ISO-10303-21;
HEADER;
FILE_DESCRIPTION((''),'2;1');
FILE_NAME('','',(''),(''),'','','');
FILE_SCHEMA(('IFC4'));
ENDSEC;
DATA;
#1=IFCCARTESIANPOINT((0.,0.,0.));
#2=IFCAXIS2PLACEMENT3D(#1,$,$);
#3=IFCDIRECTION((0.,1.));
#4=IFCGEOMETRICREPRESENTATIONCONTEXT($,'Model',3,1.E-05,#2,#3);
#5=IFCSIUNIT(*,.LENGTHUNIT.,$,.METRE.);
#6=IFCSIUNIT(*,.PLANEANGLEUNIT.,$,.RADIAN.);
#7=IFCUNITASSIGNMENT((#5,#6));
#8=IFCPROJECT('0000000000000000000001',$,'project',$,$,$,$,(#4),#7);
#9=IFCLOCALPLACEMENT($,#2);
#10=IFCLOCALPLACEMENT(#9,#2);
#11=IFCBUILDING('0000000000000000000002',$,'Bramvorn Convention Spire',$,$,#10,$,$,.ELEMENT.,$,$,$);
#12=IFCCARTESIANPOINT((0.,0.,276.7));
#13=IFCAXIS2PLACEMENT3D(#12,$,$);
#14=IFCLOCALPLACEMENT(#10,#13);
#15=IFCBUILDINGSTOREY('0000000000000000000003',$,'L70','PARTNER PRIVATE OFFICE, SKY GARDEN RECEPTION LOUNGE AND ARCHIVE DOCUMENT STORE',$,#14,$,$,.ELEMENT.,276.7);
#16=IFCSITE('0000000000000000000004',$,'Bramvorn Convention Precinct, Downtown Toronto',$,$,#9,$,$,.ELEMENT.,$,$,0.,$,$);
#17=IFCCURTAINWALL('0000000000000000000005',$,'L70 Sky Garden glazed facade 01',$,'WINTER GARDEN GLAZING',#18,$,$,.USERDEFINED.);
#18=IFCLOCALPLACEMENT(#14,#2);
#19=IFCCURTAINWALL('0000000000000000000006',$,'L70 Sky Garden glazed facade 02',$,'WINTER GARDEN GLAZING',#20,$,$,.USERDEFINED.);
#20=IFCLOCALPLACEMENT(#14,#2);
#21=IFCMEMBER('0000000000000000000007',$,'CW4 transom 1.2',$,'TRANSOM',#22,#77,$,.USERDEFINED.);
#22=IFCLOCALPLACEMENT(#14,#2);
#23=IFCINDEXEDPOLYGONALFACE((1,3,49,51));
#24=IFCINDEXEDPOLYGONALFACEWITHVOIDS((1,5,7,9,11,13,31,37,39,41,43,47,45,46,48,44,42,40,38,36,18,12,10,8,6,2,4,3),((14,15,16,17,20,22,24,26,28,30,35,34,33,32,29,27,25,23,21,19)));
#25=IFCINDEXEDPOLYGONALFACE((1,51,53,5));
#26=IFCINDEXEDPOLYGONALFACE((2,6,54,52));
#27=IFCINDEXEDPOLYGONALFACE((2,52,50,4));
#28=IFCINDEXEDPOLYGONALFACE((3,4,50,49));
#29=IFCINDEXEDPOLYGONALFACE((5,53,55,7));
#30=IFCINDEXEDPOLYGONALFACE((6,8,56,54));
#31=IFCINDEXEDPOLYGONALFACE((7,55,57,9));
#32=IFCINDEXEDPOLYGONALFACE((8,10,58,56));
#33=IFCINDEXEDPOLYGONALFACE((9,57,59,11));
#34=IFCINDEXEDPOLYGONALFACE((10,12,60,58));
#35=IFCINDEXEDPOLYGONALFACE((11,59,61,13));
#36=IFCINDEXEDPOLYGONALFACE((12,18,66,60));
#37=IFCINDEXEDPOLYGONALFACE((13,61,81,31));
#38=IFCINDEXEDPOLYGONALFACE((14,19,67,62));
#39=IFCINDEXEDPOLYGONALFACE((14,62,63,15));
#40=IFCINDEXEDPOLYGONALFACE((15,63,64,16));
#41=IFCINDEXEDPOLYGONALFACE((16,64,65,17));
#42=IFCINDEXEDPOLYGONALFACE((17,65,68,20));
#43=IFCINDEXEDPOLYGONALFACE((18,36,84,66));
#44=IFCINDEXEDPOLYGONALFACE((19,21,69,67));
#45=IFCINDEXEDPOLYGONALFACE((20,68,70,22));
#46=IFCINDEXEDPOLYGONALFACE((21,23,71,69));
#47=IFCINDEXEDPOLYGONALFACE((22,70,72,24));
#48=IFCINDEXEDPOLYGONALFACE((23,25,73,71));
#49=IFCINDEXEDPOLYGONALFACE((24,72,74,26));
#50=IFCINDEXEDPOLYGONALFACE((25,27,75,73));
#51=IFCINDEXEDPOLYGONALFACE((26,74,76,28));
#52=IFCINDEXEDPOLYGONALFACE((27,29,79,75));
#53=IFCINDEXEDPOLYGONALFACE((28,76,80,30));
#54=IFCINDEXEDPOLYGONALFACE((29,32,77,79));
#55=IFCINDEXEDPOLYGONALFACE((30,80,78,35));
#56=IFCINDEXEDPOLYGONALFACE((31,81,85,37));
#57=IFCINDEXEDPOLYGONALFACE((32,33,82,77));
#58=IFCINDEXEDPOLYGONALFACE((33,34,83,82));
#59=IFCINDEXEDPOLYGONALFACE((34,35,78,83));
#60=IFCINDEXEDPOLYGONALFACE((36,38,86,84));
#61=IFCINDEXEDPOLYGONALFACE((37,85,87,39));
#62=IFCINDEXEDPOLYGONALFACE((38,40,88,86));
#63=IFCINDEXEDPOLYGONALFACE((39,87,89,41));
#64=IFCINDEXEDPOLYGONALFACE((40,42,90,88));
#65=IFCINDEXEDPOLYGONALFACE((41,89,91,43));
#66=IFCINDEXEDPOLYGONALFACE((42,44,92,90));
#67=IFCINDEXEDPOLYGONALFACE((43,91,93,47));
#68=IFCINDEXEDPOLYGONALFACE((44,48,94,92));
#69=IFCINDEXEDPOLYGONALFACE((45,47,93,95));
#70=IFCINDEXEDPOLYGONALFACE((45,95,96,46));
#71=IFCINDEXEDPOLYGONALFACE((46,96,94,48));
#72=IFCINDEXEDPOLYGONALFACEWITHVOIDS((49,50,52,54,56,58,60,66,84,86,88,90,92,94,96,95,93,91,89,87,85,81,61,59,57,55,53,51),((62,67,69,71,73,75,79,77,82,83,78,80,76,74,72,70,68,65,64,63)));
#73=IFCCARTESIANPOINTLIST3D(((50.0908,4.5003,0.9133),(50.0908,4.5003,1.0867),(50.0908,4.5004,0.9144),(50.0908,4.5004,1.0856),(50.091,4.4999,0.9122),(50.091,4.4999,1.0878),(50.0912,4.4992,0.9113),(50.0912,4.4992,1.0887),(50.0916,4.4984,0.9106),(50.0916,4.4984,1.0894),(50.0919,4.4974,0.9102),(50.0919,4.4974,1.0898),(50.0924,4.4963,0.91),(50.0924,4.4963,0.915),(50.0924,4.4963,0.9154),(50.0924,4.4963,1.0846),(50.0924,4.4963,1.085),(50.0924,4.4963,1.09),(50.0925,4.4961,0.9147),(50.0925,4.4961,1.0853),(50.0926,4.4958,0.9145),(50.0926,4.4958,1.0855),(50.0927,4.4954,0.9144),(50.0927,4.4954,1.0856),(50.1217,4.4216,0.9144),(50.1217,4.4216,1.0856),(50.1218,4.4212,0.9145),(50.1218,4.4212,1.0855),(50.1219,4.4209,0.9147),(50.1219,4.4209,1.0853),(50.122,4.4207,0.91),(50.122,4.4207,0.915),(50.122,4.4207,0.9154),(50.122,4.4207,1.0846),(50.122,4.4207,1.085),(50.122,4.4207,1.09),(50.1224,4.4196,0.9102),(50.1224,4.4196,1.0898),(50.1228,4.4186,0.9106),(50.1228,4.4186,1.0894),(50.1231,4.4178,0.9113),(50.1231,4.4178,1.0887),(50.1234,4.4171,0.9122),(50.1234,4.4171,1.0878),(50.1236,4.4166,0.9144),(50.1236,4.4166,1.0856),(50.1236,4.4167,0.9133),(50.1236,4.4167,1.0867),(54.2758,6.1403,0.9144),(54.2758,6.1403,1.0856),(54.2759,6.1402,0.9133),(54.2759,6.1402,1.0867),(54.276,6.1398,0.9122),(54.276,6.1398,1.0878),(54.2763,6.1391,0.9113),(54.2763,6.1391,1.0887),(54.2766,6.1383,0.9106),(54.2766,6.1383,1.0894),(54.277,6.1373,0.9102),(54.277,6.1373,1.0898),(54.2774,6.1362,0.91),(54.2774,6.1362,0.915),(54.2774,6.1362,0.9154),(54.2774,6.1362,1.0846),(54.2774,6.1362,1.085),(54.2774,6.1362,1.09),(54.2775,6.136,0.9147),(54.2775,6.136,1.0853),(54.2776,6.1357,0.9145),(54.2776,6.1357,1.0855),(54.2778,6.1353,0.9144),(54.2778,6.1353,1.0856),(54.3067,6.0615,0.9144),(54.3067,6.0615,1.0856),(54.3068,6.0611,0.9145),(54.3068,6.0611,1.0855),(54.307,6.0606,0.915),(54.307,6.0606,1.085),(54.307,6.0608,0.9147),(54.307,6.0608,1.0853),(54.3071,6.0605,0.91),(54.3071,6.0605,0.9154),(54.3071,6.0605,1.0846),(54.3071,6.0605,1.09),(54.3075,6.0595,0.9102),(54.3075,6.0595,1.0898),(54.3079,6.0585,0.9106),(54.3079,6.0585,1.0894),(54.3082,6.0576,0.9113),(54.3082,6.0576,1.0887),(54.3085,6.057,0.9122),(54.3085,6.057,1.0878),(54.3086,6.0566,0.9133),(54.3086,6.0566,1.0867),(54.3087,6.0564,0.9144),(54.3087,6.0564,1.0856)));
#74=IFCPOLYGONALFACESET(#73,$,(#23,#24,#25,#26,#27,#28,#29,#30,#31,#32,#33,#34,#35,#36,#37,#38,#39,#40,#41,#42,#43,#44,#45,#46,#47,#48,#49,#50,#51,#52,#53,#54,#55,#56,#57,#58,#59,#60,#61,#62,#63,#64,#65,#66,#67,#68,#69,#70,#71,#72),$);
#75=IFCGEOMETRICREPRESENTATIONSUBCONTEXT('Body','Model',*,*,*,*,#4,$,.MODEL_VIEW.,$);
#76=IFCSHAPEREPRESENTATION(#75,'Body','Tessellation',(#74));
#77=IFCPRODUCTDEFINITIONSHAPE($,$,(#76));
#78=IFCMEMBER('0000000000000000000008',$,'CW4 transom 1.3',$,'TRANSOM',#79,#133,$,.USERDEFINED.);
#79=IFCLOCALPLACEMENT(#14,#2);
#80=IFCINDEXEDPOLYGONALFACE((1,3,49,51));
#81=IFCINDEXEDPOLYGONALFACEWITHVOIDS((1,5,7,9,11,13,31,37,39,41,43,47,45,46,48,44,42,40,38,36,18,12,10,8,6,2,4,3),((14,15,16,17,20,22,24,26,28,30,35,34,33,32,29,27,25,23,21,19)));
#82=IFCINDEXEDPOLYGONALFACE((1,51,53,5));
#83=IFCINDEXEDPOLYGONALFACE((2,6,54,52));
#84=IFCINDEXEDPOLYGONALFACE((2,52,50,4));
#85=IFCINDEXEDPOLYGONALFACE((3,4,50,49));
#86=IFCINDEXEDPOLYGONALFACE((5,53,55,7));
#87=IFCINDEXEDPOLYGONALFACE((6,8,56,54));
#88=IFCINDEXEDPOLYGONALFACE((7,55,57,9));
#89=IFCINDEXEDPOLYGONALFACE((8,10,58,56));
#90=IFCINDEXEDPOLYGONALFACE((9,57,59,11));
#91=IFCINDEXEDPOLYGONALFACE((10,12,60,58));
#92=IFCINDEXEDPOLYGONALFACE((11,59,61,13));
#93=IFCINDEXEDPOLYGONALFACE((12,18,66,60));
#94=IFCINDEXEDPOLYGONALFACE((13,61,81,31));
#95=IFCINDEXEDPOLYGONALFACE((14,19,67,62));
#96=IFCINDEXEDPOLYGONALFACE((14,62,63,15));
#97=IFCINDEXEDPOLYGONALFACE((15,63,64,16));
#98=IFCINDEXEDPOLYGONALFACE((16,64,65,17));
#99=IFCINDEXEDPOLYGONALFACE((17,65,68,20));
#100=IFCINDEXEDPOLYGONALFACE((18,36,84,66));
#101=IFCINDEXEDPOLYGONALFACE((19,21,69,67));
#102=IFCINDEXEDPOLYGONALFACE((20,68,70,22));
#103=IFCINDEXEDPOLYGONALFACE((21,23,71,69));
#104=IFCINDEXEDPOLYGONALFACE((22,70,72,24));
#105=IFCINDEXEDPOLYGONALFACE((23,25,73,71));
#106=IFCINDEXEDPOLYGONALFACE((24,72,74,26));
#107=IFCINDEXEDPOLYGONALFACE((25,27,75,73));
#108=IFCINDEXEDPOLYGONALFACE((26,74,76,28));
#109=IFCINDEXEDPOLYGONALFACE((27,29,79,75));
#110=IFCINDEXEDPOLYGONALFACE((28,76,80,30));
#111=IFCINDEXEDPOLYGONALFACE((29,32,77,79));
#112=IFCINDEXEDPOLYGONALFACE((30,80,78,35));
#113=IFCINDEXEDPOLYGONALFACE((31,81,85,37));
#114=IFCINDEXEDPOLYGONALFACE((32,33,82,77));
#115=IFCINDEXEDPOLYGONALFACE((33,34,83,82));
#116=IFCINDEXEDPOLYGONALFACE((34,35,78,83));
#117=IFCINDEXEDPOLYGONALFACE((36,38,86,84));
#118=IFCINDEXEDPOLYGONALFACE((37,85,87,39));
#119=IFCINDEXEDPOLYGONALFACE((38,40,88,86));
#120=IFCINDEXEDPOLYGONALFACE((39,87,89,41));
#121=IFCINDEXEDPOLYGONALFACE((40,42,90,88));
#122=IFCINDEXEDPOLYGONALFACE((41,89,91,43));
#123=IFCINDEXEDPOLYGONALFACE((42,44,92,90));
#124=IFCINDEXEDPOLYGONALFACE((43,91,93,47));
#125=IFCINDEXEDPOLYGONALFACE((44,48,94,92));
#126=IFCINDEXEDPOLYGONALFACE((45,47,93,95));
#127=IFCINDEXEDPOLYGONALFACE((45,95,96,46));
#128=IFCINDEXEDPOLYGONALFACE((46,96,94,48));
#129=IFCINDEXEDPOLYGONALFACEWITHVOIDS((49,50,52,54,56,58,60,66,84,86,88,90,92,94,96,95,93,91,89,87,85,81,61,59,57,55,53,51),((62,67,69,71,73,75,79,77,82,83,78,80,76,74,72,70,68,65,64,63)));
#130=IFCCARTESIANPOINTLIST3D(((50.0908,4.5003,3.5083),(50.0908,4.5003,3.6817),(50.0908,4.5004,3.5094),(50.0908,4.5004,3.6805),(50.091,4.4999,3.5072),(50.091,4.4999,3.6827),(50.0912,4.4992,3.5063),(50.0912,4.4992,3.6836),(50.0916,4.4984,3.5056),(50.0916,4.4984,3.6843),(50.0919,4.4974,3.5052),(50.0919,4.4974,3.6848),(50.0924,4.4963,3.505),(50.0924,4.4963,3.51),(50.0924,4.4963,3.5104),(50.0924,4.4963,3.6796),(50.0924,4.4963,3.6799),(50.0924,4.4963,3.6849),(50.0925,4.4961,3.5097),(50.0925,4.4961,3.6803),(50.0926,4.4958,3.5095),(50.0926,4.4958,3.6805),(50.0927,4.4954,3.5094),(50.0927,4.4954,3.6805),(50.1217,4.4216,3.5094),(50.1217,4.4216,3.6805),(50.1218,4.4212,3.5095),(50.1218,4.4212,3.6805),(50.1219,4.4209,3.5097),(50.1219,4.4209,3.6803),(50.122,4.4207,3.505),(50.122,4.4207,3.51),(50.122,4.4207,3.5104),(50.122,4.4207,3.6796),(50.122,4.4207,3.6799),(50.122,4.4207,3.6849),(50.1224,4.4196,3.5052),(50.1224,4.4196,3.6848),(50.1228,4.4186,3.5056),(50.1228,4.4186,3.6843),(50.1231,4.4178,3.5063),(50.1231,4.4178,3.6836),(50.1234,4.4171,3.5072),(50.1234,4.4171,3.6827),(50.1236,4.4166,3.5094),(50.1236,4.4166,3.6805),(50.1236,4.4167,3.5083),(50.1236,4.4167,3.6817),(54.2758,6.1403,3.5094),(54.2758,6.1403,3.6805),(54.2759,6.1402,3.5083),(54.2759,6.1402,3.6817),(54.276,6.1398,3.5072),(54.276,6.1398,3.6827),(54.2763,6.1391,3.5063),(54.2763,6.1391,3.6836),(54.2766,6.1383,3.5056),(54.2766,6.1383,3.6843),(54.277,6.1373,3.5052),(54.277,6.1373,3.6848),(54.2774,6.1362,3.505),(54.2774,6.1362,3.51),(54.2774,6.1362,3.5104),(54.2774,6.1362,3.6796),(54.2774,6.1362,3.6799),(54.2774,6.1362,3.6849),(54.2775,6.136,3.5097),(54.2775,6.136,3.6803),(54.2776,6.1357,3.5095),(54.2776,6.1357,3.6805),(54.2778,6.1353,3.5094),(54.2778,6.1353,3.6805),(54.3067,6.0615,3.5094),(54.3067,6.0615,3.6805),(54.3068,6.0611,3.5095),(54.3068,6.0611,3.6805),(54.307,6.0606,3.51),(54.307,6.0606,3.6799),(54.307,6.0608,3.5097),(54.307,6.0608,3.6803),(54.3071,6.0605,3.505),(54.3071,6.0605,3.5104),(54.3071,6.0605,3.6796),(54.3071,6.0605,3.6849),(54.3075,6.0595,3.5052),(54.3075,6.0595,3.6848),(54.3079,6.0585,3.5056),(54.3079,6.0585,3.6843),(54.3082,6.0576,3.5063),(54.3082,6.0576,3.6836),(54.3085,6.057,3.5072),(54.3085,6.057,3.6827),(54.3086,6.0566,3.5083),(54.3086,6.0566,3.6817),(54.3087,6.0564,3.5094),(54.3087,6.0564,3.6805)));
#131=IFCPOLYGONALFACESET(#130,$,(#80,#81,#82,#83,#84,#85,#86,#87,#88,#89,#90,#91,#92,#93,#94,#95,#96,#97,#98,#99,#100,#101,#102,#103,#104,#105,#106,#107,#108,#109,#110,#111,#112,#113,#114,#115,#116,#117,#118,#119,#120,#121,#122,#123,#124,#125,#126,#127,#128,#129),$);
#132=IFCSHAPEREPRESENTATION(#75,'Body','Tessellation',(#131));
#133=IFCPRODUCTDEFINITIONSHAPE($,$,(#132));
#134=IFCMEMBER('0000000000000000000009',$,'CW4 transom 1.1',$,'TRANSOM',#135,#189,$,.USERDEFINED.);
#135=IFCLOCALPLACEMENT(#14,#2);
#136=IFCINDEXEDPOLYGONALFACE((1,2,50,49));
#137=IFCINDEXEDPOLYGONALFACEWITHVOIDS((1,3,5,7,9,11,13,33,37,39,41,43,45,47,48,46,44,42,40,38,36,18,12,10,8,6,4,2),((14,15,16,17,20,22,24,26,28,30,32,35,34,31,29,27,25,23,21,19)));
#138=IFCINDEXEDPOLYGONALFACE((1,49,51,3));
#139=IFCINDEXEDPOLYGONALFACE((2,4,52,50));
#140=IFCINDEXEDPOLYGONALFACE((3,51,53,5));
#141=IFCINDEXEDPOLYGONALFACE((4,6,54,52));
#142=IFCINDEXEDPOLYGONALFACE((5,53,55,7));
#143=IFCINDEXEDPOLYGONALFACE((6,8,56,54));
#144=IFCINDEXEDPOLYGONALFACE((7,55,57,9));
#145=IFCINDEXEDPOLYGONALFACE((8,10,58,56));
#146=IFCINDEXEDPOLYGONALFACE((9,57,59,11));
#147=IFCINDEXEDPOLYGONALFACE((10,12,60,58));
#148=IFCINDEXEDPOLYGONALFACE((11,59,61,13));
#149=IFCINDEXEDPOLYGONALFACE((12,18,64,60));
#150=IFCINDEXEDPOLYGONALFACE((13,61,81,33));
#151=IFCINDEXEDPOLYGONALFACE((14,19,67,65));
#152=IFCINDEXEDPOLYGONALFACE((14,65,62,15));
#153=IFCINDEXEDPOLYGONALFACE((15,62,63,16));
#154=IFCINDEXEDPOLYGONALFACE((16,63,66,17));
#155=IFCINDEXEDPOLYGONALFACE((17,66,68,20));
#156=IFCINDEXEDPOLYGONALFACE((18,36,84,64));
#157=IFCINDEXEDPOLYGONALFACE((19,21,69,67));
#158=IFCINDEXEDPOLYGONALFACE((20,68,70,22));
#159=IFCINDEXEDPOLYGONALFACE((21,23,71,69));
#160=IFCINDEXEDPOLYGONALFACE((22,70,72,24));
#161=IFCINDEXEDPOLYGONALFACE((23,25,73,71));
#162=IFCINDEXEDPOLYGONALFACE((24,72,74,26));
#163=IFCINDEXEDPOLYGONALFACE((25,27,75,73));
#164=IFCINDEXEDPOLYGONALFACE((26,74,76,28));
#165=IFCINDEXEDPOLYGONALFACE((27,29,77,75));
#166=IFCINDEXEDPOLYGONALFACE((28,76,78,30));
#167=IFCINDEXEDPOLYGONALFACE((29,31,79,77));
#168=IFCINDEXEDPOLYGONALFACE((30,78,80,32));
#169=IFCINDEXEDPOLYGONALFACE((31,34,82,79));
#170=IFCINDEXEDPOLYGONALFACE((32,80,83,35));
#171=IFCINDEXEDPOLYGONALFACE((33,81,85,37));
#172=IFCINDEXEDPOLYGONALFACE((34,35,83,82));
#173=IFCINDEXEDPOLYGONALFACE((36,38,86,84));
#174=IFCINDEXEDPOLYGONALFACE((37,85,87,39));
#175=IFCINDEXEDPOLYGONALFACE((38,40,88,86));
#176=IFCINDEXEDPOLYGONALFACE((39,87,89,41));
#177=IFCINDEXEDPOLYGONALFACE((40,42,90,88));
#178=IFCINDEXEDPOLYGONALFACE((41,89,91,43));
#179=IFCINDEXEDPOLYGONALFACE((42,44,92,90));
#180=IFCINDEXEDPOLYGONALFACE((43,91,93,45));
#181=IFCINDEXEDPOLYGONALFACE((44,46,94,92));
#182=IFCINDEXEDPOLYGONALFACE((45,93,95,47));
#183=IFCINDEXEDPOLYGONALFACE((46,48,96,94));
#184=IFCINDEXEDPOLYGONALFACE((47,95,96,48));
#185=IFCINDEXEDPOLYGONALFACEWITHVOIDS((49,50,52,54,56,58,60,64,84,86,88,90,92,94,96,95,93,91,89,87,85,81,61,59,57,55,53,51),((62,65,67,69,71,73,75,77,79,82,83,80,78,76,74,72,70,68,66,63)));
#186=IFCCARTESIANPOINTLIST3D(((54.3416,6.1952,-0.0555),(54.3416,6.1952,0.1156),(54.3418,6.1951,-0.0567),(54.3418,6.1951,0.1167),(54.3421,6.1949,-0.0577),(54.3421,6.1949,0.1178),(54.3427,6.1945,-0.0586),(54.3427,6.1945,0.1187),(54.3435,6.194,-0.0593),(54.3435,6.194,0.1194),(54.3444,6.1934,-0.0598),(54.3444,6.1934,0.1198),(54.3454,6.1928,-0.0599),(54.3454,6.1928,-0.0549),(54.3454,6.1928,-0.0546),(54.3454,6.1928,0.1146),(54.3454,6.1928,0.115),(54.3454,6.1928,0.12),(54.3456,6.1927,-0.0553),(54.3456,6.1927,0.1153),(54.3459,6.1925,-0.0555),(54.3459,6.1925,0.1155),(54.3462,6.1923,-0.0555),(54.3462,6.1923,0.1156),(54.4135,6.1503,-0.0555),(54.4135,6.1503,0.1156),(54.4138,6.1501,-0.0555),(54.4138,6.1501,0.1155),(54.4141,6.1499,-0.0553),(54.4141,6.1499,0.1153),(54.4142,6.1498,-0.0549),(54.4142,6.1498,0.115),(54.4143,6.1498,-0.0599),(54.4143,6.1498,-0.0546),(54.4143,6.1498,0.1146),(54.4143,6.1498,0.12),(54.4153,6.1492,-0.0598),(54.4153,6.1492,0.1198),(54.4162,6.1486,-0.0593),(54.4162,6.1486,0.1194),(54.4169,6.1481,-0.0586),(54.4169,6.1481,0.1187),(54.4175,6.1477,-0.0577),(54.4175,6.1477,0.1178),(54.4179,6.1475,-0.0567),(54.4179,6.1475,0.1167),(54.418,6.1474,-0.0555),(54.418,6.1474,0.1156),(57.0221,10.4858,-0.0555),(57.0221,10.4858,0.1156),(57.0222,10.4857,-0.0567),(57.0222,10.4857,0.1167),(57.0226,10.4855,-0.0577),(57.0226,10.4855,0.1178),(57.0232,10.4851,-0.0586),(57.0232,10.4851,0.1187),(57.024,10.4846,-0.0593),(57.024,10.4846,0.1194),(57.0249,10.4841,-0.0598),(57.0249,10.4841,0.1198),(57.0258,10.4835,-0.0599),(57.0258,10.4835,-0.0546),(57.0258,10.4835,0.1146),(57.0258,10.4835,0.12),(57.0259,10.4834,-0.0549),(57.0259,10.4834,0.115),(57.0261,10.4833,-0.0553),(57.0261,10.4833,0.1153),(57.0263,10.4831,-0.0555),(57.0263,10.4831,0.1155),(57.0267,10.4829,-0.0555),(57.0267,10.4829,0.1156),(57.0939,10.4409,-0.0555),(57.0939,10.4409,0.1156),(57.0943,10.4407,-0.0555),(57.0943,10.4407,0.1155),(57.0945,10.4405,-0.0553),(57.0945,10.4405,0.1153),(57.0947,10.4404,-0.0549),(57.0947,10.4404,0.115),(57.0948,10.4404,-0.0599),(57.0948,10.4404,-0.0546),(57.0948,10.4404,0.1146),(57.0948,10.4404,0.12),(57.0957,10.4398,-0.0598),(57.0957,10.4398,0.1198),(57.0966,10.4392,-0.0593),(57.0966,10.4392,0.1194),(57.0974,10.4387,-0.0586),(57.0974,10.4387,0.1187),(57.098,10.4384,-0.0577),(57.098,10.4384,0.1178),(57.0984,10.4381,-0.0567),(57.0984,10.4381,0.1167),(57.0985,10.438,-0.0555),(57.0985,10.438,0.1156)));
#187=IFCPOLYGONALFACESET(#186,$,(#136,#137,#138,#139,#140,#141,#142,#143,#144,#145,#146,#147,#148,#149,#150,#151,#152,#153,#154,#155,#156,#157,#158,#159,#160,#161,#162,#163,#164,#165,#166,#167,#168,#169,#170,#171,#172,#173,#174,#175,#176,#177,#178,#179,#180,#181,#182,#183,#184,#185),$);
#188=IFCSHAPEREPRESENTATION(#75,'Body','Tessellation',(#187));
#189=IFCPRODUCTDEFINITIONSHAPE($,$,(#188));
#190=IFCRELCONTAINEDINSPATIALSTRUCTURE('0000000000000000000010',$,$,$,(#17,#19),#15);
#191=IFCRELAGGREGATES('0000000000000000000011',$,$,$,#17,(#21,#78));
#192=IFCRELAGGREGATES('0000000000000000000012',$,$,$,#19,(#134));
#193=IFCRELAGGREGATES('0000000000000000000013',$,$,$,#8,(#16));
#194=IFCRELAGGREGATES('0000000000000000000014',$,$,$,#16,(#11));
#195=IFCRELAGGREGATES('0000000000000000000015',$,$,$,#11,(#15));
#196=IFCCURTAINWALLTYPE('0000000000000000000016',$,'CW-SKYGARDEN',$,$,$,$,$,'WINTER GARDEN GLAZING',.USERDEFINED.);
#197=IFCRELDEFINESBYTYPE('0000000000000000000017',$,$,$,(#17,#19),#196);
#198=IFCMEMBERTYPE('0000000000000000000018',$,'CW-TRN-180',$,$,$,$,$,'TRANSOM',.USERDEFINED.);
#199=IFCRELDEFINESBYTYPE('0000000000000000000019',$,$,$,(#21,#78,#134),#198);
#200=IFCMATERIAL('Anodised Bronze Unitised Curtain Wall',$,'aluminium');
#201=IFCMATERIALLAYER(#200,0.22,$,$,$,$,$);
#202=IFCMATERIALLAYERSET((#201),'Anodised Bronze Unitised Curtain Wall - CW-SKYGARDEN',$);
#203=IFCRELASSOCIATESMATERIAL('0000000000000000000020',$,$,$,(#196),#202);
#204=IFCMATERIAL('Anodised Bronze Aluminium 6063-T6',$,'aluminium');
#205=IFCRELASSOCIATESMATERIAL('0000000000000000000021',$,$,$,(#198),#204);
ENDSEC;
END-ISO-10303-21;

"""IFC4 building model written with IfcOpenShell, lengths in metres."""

from ifc_helpers import new_model, si_unit, direction, frame, origin, origin_2d, place, context, subcontext, project, spatial, hollow_rectangle, extrude, material, layer, layer_set, material_profile, profile_set, type_object, element, aggregate, save


model = new_model("IFC4")

# Units and contexts
model_context = context("Model", 3, precision=1e-05, world=origin(), true_north=direction((0.0, 1.0)))
body_context = subcontext(model_context, "Body", "Model", "MODEL_VIEW")
ifc_project = project(units=[si_unit("LENGTHUNIT", "METRE"), si_unit("PLANEANGLEUNIT", "RADIAN")], contexts=[model_context])

# Site, building, storey
site_placement = place(None, origin())
site = spatial("IfcSite", under=ifc_project, at=site_placement, Name="Bramvorn Convention Precinct, Downtown Toronto", CompositionType="ELEMENT", RefElevation=0.0)
building_placement = place(site_placement, origin())
building = spatial("IfcBuilding", under=site, at=building_placement, Name="Bramvorn Convention Spire", CompositionType="ELEMENT")
storey_placement = place(building_placement, frame((0.0, 0.0, 276.7)))
storey = spatial("IfcBuildingStorey", under=building, at=storey_placement, Name="L70", Description="PARTNER PRIVATE OFFICE, SKY GARDEN RECEPTION LOUNGE AND ARCHIVE DOCUMENT STORE", CompositionType="ELEMENT", Elevation=276.7)

# Curtain walls
ifc_material_1 = material(Name="Anodised Bronze Unitised Curtain Wall", Category="aluminium")
ifc_layer_1 = layer(ifc_material_1, 0.22)
ifc_layer_set_1 = layer_set([ifc_layer_1], Name="Anodised Bronze Unitised Curtain Wall - CW-SKYGARDEN")
curtain_wall_type = type_object("IfcCurtainWallType", Name="CW-SKYGARDEN", ElementType="WINTER GARDEN GLAZING", PredefinedType="USERDEFINED", material=ifc_layer_set_1)
curtain_wall_1_placement = place(storey_placement, origin())
curtain_wall_1 = element("IfcCurtainWall", 1, at=curtain_wall_1_placement, inside=storey, type_object=curtain_wall_type, Name="L70 Sky Garden glazed facade 01", ObjectType="WINTER GARDEN GLAZING", PredefinedType="USERDEFINED")
ifc_material_2 = material(Name="Anodised Bronze Aluminium 6063-T6", Category="aluminium")
curtain_wall_2_placement = place(storey_placement, origin())
curtain_wall_2 = element("IfcCurtainWall", 2, at=curtain_wall_2_placement, inside=storey, type_object=curtain_wall_type, Name="L70 Sky Garden glazed facade 02", ObjectType="WINTER GARDEN GLAZING", PredefinedType="USERDEFINED")

# Members
ifc_material_profile_1 = material_profile(ifc_material_2, hollow_rectangle(XDim=0.0901, YDim=0.1799, WallThickness=0.0044, InnerFilletRadius=0.001, OuterFilletRadius=0.0044, at=origin_2d()))
ifc_profile_set_1 = profile_set([ifc_material_profile_1], Name="Anodised Bronze Aluminium 6063-T6 - CWT90X180")
member_type_1 = type_object("IfcMemberType", Name="CW-TRN-180", ElementType="TRANSOM", PredefinedType="USERDEFINED", material=ifc_profile_set_1)
member_1_placement = place(storey_placement, frame((54.2922, 6.0984, 1.0), z_axis=(-0.931072, -0.364836, 0.0), x_axis=(0.364836, -0.931072, 0.0)))
member_1 = element("IfcMember", 3, at=member_1_placement, type_object=member_type_1, Name="CW4 transom 1.2", ObjectType="TRANSOM", PredefinedType="USERDEFINED", context=body_context, shape_type="SweptSolid", body=[
    extrude(hollow_rectangle(XDim=0.0901, YDim=0.1799, WallThickness=0.0044, InnerFilletRadius=0.001, OuterFilletRadius=0.0044, at=origin_2d()), origin(), (0.0, 0.0, 1.0), 4.4949),
])
member_2_placement = place(storey_placement, frame((54.2922, 6.0984, 3.595), z_axis=(-0.931072, -0.364836, 0.0), x_axis=(0.364836, -0.931072, 0.0)))
member_2 = element("IfcMember", 4, at=member_2_placement, type_object=member_type_1, Name="CW4 transom 1.3", ObjectType="TRANSOM", PredefinedType="USERDEFINED", context=body_context, shape_type="SweptSolid", body=[
    extrude(hollow_rectangle(XDim=0.0901, YDim=0.1799, WallThickness=0.0044, InnerFilletRadius=0.001, OuterFilletRadius=0.0044, at=origin_2d()), origin(), (0.0, 0.0, 1.0), 4.4949),
])
member_3_placement = place(storey_placement, frame((57.0603, 10.4619, 0.03), z_axis=(-0.529834, -0.848101, 0.0), x_axis=(0.848101, -0.529834, 0.0)))
member_3 = element("IfcMember", 5, at=member_3_placement, type_object=member_type_1, Name="CW4 transom 1.1", ObjectType="TRANSOM", PredefinedType="USERDEFINED", context=body_context, shape_type="SweptSolid", body=[
    extrude(hollow_rectangle(XDim=0.0901, YDim=0.1799, WallThickness=0.0044, InnerFilletRadius=0.001, OuterFilletRadius=0.0044, at=origin_2d()), origin(), (0.0, 0.0, 1.0), 5.0591),
])

aggregate(curtain_wall_1, [member_1, member_2])
aggregate(curtain_wall_2, [member_3])

save(model, "model.ifc")
